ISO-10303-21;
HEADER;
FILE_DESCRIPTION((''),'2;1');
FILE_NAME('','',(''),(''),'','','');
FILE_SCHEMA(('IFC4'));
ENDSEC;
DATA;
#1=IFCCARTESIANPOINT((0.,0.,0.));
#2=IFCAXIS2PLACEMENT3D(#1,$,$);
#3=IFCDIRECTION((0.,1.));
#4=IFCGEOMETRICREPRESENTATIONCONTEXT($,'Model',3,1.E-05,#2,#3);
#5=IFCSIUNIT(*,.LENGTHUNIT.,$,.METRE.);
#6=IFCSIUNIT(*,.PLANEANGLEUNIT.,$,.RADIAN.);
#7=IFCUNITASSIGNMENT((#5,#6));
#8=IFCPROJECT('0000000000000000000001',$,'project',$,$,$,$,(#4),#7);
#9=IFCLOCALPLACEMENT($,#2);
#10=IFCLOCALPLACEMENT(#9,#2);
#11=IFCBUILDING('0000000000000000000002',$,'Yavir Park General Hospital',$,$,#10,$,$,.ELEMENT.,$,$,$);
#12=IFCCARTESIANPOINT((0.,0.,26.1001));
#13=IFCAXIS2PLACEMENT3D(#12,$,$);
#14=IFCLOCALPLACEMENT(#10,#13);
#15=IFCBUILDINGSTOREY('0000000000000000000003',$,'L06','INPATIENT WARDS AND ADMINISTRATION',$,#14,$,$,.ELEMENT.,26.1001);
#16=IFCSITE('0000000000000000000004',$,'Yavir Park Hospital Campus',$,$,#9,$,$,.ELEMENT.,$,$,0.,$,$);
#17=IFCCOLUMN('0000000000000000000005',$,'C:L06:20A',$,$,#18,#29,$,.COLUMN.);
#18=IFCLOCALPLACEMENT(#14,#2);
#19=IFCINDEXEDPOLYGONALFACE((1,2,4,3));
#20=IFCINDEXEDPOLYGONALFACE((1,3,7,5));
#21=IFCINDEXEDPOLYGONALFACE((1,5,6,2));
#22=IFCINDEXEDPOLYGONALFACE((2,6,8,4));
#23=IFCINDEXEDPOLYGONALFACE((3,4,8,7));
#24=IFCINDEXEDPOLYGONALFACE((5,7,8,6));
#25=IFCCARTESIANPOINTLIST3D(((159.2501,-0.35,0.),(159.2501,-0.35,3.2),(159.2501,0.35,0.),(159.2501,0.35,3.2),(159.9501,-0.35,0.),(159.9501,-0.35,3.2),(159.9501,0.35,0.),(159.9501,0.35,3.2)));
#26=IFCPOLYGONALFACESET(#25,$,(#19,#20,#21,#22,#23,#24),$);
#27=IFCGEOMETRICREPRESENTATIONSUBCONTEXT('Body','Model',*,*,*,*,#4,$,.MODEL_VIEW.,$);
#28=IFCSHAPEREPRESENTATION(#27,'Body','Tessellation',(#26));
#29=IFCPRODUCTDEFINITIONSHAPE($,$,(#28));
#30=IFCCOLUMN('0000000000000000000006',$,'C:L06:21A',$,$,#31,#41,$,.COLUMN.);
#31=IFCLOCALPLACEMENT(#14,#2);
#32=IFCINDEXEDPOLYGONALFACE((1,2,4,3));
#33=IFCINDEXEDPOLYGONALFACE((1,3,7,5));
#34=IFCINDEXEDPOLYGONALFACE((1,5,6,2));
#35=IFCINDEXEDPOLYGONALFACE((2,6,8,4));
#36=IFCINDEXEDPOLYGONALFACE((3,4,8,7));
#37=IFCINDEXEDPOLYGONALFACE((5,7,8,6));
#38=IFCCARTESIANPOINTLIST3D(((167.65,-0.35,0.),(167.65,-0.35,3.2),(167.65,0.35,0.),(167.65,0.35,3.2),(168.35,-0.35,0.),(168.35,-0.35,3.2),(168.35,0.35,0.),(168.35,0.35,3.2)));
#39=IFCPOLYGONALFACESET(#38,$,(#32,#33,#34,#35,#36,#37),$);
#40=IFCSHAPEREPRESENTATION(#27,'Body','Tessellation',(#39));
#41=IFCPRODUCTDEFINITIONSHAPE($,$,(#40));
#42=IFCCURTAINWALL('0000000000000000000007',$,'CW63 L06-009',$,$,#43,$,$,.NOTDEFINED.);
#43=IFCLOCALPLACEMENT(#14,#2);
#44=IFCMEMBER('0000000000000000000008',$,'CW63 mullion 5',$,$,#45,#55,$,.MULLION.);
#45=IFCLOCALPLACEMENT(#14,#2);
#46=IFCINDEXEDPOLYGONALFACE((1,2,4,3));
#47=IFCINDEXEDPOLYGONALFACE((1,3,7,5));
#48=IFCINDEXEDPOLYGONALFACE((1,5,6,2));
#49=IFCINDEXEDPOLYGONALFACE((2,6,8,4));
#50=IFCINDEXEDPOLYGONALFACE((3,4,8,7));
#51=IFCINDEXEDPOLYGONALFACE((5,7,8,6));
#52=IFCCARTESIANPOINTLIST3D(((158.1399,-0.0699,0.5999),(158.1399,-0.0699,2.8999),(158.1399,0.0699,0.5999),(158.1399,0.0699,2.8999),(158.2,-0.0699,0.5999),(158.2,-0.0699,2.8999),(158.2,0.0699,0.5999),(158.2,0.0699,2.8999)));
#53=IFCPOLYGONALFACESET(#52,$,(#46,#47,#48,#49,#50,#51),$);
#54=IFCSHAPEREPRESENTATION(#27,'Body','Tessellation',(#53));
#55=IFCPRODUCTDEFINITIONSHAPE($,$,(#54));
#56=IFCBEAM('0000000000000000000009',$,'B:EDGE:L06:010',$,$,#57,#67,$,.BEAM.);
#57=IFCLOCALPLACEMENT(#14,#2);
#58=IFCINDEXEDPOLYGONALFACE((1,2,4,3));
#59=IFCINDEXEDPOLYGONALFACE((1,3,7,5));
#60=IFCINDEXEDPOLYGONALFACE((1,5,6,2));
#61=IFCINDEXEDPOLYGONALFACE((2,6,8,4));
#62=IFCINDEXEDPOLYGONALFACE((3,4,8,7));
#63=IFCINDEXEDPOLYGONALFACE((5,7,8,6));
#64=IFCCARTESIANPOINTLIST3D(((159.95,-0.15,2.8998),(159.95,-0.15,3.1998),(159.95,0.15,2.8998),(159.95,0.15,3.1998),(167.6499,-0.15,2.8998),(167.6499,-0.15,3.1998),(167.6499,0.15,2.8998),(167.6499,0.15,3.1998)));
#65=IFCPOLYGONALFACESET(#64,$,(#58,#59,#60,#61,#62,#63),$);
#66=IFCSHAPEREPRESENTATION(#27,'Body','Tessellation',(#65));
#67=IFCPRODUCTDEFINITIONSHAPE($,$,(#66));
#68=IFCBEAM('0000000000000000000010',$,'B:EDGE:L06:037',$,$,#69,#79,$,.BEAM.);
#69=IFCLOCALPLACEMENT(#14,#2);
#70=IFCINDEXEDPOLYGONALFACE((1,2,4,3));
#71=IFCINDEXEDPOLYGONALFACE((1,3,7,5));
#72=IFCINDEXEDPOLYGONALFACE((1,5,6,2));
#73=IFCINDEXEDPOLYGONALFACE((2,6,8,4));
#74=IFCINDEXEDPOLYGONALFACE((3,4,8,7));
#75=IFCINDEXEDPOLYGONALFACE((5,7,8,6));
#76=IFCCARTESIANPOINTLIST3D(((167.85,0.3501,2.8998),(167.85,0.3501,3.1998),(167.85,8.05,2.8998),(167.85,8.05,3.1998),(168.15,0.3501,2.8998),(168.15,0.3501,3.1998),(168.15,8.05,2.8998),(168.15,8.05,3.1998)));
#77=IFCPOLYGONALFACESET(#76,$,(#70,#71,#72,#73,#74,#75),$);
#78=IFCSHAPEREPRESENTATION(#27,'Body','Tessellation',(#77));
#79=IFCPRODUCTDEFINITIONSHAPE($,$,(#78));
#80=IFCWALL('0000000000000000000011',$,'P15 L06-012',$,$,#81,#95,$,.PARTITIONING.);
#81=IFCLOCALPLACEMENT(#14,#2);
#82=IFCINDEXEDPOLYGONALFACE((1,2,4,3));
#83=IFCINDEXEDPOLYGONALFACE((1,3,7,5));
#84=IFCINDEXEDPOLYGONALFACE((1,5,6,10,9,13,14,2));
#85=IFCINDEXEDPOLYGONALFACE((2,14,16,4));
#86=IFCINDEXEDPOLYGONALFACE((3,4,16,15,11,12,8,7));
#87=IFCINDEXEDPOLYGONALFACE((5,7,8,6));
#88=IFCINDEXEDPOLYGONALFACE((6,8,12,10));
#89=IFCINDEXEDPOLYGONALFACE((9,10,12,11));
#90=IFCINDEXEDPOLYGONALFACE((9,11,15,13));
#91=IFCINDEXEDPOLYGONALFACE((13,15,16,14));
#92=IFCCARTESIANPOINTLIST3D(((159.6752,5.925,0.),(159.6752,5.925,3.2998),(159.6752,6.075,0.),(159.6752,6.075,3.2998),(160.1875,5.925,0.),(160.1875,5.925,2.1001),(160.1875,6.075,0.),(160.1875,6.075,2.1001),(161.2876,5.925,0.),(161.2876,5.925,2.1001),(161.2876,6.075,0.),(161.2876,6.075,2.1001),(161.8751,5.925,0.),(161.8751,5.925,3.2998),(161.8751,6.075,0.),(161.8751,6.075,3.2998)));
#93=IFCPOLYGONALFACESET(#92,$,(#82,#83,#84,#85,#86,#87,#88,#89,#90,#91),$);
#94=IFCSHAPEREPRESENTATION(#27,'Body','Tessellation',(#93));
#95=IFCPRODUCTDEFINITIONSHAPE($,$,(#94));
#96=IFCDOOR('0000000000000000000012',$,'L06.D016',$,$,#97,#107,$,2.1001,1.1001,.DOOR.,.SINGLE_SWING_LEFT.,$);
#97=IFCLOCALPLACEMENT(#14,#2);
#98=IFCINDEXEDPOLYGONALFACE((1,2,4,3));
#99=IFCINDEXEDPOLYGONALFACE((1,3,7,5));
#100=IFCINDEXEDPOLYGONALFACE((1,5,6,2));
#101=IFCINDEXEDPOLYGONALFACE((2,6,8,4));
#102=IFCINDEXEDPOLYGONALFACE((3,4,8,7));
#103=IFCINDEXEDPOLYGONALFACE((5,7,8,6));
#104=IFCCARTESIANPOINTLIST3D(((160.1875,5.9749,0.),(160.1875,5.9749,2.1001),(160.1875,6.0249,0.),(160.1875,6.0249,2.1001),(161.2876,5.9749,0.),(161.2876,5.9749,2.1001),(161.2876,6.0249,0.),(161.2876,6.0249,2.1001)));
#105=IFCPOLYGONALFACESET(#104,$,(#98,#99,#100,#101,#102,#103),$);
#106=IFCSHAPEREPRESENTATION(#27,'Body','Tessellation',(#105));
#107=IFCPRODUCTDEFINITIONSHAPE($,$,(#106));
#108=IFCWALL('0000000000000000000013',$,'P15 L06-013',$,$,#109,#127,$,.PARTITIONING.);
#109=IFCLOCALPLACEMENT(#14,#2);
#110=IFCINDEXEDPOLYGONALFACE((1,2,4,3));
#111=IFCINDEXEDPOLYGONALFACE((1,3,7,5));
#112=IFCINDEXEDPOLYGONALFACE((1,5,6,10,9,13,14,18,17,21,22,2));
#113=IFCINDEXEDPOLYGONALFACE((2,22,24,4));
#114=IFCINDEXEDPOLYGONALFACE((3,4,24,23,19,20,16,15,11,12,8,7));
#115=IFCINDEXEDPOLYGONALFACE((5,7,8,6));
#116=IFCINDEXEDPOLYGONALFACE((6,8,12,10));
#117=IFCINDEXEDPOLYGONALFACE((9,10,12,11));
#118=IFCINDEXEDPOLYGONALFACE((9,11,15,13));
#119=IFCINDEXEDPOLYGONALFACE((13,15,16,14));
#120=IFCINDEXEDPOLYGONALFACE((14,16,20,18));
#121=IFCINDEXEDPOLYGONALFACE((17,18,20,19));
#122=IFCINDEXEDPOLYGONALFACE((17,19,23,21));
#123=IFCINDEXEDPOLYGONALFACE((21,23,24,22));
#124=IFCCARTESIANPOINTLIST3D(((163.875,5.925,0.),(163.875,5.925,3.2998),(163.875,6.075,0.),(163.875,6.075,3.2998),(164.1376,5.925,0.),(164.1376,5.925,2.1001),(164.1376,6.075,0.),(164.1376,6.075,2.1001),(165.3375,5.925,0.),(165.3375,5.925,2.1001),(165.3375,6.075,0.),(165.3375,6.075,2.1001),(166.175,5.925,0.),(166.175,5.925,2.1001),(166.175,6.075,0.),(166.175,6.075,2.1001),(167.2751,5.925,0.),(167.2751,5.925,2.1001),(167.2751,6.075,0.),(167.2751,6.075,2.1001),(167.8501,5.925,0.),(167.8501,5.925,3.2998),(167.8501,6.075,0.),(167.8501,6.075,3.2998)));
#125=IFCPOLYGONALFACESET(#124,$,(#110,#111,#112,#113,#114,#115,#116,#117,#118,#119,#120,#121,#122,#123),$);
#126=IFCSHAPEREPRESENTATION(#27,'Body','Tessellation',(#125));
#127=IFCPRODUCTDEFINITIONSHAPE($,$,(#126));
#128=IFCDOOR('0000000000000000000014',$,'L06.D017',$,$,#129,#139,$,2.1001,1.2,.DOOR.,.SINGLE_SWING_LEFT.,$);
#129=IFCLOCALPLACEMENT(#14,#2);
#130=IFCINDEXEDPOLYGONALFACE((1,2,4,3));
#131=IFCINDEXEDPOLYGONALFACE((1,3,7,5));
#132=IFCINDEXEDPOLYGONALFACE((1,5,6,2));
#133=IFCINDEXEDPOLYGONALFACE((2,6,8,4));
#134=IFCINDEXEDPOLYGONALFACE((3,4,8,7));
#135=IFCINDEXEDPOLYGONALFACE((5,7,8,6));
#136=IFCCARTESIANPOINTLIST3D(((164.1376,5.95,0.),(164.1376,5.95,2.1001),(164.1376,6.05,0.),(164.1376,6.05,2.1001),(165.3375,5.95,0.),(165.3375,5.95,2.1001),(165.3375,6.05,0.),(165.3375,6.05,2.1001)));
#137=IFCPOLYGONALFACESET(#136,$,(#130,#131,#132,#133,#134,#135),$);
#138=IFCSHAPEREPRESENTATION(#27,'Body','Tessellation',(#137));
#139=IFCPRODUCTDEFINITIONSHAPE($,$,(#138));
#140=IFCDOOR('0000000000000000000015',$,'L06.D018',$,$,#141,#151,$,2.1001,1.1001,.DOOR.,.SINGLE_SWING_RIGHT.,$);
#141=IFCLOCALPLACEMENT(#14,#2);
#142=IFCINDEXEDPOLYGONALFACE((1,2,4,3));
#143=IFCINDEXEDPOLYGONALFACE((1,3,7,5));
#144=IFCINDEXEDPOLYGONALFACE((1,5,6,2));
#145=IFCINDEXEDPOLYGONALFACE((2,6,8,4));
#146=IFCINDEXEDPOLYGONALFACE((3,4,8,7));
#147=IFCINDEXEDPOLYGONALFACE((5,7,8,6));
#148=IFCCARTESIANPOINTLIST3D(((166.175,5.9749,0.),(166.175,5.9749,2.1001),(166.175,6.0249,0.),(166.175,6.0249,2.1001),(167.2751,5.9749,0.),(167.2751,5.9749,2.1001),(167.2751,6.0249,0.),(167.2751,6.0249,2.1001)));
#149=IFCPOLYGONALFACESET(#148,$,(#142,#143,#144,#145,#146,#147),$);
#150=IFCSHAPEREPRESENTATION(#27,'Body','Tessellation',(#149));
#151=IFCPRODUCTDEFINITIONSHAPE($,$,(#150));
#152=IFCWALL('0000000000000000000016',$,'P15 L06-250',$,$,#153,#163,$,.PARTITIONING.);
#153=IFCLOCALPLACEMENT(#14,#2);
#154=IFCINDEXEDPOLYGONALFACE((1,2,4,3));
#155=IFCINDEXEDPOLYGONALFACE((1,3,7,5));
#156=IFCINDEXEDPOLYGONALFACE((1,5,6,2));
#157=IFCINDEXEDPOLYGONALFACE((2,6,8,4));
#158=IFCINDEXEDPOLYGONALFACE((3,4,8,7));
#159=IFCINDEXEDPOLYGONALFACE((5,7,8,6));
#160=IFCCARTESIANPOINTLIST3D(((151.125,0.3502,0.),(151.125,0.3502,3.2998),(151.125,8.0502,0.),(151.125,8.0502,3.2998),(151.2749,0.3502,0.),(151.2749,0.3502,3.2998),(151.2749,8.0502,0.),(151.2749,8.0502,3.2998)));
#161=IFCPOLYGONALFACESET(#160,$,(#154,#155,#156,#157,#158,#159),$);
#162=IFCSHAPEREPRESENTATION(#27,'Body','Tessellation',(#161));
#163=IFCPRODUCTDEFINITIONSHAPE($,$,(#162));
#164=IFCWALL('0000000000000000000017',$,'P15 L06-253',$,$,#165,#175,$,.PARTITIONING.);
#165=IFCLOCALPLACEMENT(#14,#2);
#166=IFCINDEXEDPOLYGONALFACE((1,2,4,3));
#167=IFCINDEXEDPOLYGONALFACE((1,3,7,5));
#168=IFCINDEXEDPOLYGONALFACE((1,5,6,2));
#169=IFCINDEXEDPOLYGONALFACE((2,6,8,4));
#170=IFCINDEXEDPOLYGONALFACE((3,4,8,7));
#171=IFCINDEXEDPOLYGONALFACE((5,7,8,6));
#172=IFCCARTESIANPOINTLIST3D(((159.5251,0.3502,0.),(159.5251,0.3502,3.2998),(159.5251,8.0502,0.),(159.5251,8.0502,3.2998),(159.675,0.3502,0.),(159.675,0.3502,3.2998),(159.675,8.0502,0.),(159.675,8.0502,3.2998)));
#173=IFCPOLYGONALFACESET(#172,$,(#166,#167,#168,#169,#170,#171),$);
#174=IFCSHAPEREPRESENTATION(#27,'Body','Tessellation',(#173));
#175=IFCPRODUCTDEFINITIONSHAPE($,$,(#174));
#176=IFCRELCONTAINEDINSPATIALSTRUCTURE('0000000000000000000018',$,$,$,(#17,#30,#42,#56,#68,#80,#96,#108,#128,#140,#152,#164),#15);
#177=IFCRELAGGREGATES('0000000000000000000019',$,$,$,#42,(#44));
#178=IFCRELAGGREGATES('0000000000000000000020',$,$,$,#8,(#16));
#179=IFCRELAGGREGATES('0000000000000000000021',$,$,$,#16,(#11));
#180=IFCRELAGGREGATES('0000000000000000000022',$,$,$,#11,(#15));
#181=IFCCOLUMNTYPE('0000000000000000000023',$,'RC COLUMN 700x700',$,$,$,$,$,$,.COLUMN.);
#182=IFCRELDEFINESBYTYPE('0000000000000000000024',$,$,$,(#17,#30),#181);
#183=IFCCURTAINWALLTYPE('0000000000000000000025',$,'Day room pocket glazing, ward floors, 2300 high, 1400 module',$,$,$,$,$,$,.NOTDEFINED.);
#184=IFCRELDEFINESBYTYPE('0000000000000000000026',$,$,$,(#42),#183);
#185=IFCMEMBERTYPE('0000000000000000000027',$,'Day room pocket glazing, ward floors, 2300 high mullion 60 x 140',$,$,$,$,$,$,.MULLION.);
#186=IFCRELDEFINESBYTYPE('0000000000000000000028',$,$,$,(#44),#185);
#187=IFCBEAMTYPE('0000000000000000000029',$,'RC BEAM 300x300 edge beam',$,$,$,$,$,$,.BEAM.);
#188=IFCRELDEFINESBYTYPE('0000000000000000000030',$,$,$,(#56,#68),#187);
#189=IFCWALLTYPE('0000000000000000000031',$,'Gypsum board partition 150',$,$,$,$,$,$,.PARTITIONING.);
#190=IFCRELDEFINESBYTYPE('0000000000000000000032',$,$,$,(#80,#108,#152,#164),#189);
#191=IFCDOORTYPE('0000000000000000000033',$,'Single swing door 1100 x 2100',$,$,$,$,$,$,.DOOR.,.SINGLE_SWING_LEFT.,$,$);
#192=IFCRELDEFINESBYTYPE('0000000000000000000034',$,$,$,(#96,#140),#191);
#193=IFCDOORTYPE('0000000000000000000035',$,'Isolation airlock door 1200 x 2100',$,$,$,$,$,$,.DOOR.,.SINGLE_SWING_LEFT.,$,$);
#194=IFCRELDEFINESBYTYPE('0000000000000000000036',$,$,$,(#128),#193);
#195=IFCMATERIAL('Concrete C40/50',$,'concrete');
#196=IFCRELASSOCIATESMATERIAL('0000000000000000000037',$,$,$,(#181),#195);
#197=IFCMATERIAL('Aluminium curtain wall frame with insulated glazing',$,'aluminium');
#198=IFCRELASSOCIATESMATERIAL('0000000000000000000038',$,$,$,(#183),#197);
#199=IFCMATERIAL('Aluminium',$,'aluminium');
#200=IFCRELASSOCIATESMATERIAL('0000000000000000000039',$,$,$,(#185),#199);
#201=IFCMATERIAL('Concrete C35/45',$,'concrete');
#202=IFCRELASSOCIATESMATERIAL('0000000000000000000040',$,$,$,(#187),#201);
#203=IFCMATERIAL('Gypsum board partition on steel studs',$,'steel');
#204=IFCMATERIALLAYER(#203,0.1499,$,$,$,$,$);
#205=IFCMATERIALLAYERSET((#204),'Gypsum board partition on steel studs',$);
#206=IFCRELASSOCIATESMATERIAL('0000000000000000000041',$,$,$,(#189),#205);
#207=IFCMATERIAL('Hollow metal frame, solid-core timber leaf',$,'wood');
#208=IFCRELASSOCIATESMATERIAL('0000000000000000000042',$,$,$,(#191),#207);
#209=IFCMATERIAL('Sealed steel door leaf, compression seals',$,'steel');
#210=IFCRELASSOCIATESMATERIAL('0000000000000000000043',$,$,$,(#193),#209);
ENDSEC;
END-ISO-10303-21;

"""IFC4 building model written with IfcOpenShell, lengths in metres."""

from ifc_helpers import new_model, si_unit, direction, frame, frame_2d, origin, origin_2d, place, context, subcontext, project, spatial, rectangle, extrude, material, layer, layer_set, material_profile, profile_set, type_object, element, fill, aggregate, save


model = new_model("IFC4")

# Units and contexts
model_context = context("Model", 3, precision=1e-05, world=origin(), true_north=direction((0.0, 1.0)))
body_context = subcontext(model_context, "Body", "Model", "MODEL_VIEW")
ifc_project = project(units=[si_unit("LENGTHUNIT", "METRE"), si_unit("PLANEANGLEUNIT", "RADIAN")], contexts=[model_context])

# Site, building, storey
site_placement = place(None, origin())
site = spatial("IfcSite", under=ifc_project, at=site_placement, Name="Yavir Park Hospital Campus", CompositionType="ELEMENT", RefElevation=0.0)
building_placement = place(site_placement, origin())
building = spatial("IfcBuilding", under=site, at=building_placement, Name="Yavir Park General Hospital", CompositionType="ELEMENT")
storey_placement = place(building_placement, frame((0.0, 0.0, 26.1001)))
storey = spatial("IfcBuildingStorey", under=building, at=storey_placement, Name="L06", Description="INPATIENT WARDS AND ADMINISTRATION", CompositionType="ELEMENT", Elevation=26.1001)

# Columns
ifc_material_1 = material(Name="Concrete C40/50", Category="concrete")
ifc_material_profile_1 = material_profile(ifc_material_1, rectangle(XDim=0.7, YDim=0.7, at=origin_2d()), Name="RC700x700")
ifc_profile_set_1 = profile_set([ifc_material_profile_1], Name="Concrete C40/50")
column_type = type_object("IfcColumnType", Name="RC COLUMN 700x700", PredefinedType="COLUMN", material=ifc_profile_set_1)
for number, where, z_axis, x_axis, name in (
    (1, (159.6001, 0.0, 0.0), (0.0, 0.0, 1.0), (1.0, 0.0, 0.0), "C:L06:20A"),
    (2, (168.0, 0.0, 0.0), (0.0, 0.0, 1.0), (1.0, 0.0, 0.0), "C:L06:21A"),
):
    element("IfcColumn", number, at=place(storey_placement, frame(where, z_axis=z_axis, x_axis=x_axis)), inside=storey, type_object=column_type, Name=name, PredefinedType="COLUMN", context=body_context, shape_type="SweptSolid", body=[
        extrude(rectangle(XDim=0.7, YDim=0.7, at=origin_2d()), origin(), (0.0, 0.0, 1.0), 3.2),
    ])

# Curtain wall, member
ifc_material_2 = material(Name="Aluminium curtain wall frame with insulated glazing", Category="aluminium")
curtain_wall_type = type_object("IfcCurtainWallType", Name="Day room pocket glazing, ward floors, 2300 high, 1400 module", PredefinedType="NOTDEFINED", material=ifc_material_2)
curtain_wall_placement = place(storey_placement, origin())
curtain_wall = element("IfcCurtainWall", 3, at=curtain_wall_placement, inside=storey, type_object=curtain_wall_type, Name="CW63 L06-009", PredefinedType="NOTDEFINED")
ifc_material_3 = material(Name="Aluminium", Category="aluminium")
ifc_material_profile_2 = material_profile(ifc_material_3, rectangle(XDim=0.1399, YDim=0.0601, at=origin_2d()), Name="AL 60x140")
ifc_profile_set_2 = profile_set([ifc_material_profile_2], Name="Aluminium")
member_type = type_object("IfcMemberType", Name="Day room pocket glazing, ward floors, 2300 high mullion 60 x 140", PredefinedType="MULLION", material=ifc_profile_set_2)
member_placement = place(storey_placement, frame((158.1699, 0.0, 0.5999), z_axis=(0.0, 0.0, 1.0), x_axis=(0.0, 1.0, 0.0)))
member = element("IfcMember", 4, at=member_placement, type_object=member_type, Name="CW63 mullion 5", PredefinedType="MULLION", context=body_context, shape_type="SweptSolid", body=[
    extrude(rectangle(XDim=0.1399, YDim=0.0601, at=origin_2d()), origin(), (0.0, 0.0, 1.0), 2.3),
])
aggregate(curtain_wall, [member])

# Beams
ifc_material_4 = material(Name="Concrete C35/45", Category="concrete")
ifc_material_profile_3 = material_profile(ifc_material_4, rectangle(XDim=0.3, YDim=0.3, at=origin_2d()), Name="RC300x300")
ifc_profile_set_3 = profile_set([ifc_material_profile_3], Name="Concrete C35/45")
beam_type = type_object("IfcBeamType", Name="RC BEAM 300x300 edge beam", PredefinedType="BEAM", material=ifc_profile_set_3)
for number, where, z_axis, x_axis, name in (
    (5, (159.95, 0.0, 3.0498), (1.0, 0.0, 0.0), (0.0, 1.0, 0.0), "B:EDGE:L06:010"),
    (6, (168.0, 0.3501, 3.0498), (0.0, 1.0, 0.0), (-1.0, 0.0, 0.0), "B:EDGE:L06:037"),
):
    element("IfcBeam", number, at=place(storey_placement, frame(where, z_axis=z_axis, x_axis=x_axis)), inside=storey, type_object=beam_type, Name=name, PredefinedType="BEAM", context=body_context, shape_type="SweptSolid", body=[
        extrude(rectangle(XDim=0.3, YDim=0.3, at=origin_2d()), origin(), (0.0, 0.0, 1.0), 7.7),
    ])

# Wall, opening, door
ifc_material_5 = material(Name="Gypsum board partition on steel studs", Category="steel")
ifc_layer_1 = layer(ifc_material_5, 0.1499)
ifc_layer_set_1 = layer_set([ifc_layer_1], Name="Gypsum board partition on steel studs")
wall_type_1 = type_object("IfcWallType", Name="Gypsum board partition 150", PredefinedType="PARTITIONING", material=ifc_layer_set_1)
wall_1_placement = place(storey_placement, frame((159.675, 6.0, 0.0), z_axis=(0.0, 0.0, 1.0), x_axis=(1.0, 0.0, 0.0)))
wall_1 = element("IfcWall", 7, at=wall_1_placement, inside=storey, type_object=wall_type_1, Name="P15 L06-012", PredefinedType="PARTITIONING", context=body_context, shape_type="SweptSolid", body=[
    extrude(rectangle(XDim=2.2, YDim=0.1499, at=frame_2d((1.1001, 0.0))), origin(), (0.0, 0.0, 1.0), 3.2998),
])
opening_1_placement = place(wall_1_placement, frame((0.5125, 0.0, 0.0)))
opening_1 = element("IfcOpeningElement", 8, at=opening_1_placement, cuts=wall_1, PredefinedType="OPENING", context=body_context, shape_type="SweptSolid", body=[
    extrude(rectangle(XDim=1.1001, YDim=2.1001, at=frame_2d((0.55, 1.05))), frame((0.0, 0.085, 0.0), z_axis=(0.0, -1.0, 0.0), x_axis=(1.0, 0.0, 0.0)), (0.0, 0.0, 1.0), 0.1699),
])
ifc_material_6 = material(Name="Hollow metal frame, solid-core timber leaf", Category="wood")
door_type_1 = type_object("IfcDoorType", Name="Single swing door 1100 x 2100", OperationType="SINGLE_SWING_LEFT", PredefinedType="DOOR", material=ifc_material_6)
door_1_placement = place(opening_1_placement, origin())
door_1 = element("IfcDoor", 9, at=door_1_placement, inside=storey, type_object=door_type_1, Name="L06.D016", OperationType="SINGLE_SWING_LEFT", OverallHeight=2.1001, OverallWidth=1.1001, PredefinedType="DOOR", context=body_context, shape_type="SweptSolid", body=[
    extrude(rectangle(XDim=1.1001, YDim=2.1001, at=frame_2d((0.55, 1.05))), frame((0.0, 0.0249, 0.0), z_axis=(0.0, -1.0, 0.0), x_axis=(1.0, 0.0, 0.0)), (0.0, 0.0, 1.0), 0.05),
])
fill(opening_1, door_1)

# Wall, openings, doors
wall_2_placement = place(storey_placement, frame((163.875, 6.0, 0.0), z_axis=(0.0, 0.0, 1.0), x_axis=(1.0, 0.0, 0.0)))
wall_2 = element("IfcWall", 10, at=wall_2_placement, inside=storey, type_object=wall_type_1, Name="P15 L06-013", PredefinedType="PARTITIONING", context=body_context, shape_type="SweptSolid", body=[
    extrude(rectangle(XDim=3.9751, YDim=0.1499, at=frame_2d((1.9875, 0.0))), origin(), (0.0, 0.0, 1.0), 3.2998),
])
opening_2_placement = place(wall_2_placement, frame((0.2625, 0.0, 0.0)))
opening_2 = element("IfcOpeningElement", 11, at=opening_2_placement, cuts=wall_2, PredefinedType="OPENING", context=body_context, shape_type="SweptSolid", body=[
    extrude(rectangle(XDim=1.2, YDim=2.1001, at=frame_2d((0.6001, 1.05))), frame((0.0, 0.085, 0.0), z_axis=(0.0, -1.0, 0.0), x_axis=(1.0, 0.0, 0.0)), (0.0, 0.0, 1.0), 0.1699),
])
opening_3_placement = place(wall_2_placement, frame((2.3, 0.0, 0.0)))
opening_3 = element("IfcOpeningElement", 12, at=opening_3_placement, cuts=wall_2, PredefinedType="OPENING", context=body_context, shape_type="SweptSolid", body=[
    extrude(rectangle(XDim=1.1001, YDim=2.1001, at=frame_2d((0.55, 1.05))), frame((0.0, 0.085, 0.0), z_axis=(0.0, -1.0, 0.0), x_axis=(1.0, 0.0, 0.0)), (0.0, 0.0, 1.0), 0.1699),
])
ifc_material_7 = material(Name="Sealed steel door leaf, compression seals", Category="steel")
door_type_2 = type_object("IfcDoorType", Name="Isolation airlock door 1200 x 2100", OperationType="SINGLE_SWING_LEFT", PredefinedType="DOOR", material=ifc_material_7)
door_2_placement = place(opening_2_placement, origin())
door_2 = element("IfcDoor", 13, at=door_2_placement, inside=storey, type_object=door_type_2, Name="L06.D017", OperationType="SINGLE_SWING_LEFT", OverallHeight=2.1001, OverallWidth=1.2, PredefinedType="DOOR", context=body_context, shape_type="SweptSolid", body=[
    extrude(rectangle(XDim=1.2, YDim=2.1001, at=frame_2d((0.6001, 1.05))), frame((0.0, 0.05, 0.0), z_axis=(0.0, -1.0, 0.0), x_axis=(1.0, 0.0, 0.0)), (0.0, 0.0, 1.0), 0.1001),
])
fill(opening_2, door_2)
door_3_placement = place(opening_3_placement, origin())
door_3 = element("IfcDoor", 14, at=door_3_placement, inside=storey, type_object=door_type_1, Name="L06.D018", OperationType="SINGLE_SWING_RIGHT", OverallHeight=2.1001, OverallWidth=1.1001, PredefinedType="DOOR", context=body_context, shape_type="SweptSolid", body=[
    extrude(rectangle(XDim=1.1001, YDim=2.1001, at=frame_2d((0.55, 1.05))), frame((0.0, 0.0249, 0.0), z_axis=(0.0, -1.0, 0.0), x_axis=(1.0, 0.0, 0.0)), (0.0, 0.0, 1.0), 0.05),
])
fill(opening_3, door_3)

# Walls
for number, where, z_axis, x_axis, name in (
    (15, (151.2, 0.3501, 0.0), (0.0, 0.0, 1.0), (0.0, 1.0, 0.0), "P15 L06-250"),
    (16, (159.6001, 0.3501, 0.0), (0.0, 0.0, 1.0), (0.0, 1.0, 0.0), "P15 L06-253"),
):
    element("IfcWall", number, at=place(storey_placement, frame(where, z_axis=z_axis, x_axis=x_axis)), inside=storey, type_object=wall_type_1, Name=name, PredefinedType="PARTITIONING", context=body_context, shape_type="SweptSolid", body=[
        extrude(rectangle(XDim=7.7, YDim=0.1499, at=frame_2d((3.8501, 0.0))), origin(), (0.0, 0.0, 1.0), 3.2998),
    ])

save(model, "model.ifc")
